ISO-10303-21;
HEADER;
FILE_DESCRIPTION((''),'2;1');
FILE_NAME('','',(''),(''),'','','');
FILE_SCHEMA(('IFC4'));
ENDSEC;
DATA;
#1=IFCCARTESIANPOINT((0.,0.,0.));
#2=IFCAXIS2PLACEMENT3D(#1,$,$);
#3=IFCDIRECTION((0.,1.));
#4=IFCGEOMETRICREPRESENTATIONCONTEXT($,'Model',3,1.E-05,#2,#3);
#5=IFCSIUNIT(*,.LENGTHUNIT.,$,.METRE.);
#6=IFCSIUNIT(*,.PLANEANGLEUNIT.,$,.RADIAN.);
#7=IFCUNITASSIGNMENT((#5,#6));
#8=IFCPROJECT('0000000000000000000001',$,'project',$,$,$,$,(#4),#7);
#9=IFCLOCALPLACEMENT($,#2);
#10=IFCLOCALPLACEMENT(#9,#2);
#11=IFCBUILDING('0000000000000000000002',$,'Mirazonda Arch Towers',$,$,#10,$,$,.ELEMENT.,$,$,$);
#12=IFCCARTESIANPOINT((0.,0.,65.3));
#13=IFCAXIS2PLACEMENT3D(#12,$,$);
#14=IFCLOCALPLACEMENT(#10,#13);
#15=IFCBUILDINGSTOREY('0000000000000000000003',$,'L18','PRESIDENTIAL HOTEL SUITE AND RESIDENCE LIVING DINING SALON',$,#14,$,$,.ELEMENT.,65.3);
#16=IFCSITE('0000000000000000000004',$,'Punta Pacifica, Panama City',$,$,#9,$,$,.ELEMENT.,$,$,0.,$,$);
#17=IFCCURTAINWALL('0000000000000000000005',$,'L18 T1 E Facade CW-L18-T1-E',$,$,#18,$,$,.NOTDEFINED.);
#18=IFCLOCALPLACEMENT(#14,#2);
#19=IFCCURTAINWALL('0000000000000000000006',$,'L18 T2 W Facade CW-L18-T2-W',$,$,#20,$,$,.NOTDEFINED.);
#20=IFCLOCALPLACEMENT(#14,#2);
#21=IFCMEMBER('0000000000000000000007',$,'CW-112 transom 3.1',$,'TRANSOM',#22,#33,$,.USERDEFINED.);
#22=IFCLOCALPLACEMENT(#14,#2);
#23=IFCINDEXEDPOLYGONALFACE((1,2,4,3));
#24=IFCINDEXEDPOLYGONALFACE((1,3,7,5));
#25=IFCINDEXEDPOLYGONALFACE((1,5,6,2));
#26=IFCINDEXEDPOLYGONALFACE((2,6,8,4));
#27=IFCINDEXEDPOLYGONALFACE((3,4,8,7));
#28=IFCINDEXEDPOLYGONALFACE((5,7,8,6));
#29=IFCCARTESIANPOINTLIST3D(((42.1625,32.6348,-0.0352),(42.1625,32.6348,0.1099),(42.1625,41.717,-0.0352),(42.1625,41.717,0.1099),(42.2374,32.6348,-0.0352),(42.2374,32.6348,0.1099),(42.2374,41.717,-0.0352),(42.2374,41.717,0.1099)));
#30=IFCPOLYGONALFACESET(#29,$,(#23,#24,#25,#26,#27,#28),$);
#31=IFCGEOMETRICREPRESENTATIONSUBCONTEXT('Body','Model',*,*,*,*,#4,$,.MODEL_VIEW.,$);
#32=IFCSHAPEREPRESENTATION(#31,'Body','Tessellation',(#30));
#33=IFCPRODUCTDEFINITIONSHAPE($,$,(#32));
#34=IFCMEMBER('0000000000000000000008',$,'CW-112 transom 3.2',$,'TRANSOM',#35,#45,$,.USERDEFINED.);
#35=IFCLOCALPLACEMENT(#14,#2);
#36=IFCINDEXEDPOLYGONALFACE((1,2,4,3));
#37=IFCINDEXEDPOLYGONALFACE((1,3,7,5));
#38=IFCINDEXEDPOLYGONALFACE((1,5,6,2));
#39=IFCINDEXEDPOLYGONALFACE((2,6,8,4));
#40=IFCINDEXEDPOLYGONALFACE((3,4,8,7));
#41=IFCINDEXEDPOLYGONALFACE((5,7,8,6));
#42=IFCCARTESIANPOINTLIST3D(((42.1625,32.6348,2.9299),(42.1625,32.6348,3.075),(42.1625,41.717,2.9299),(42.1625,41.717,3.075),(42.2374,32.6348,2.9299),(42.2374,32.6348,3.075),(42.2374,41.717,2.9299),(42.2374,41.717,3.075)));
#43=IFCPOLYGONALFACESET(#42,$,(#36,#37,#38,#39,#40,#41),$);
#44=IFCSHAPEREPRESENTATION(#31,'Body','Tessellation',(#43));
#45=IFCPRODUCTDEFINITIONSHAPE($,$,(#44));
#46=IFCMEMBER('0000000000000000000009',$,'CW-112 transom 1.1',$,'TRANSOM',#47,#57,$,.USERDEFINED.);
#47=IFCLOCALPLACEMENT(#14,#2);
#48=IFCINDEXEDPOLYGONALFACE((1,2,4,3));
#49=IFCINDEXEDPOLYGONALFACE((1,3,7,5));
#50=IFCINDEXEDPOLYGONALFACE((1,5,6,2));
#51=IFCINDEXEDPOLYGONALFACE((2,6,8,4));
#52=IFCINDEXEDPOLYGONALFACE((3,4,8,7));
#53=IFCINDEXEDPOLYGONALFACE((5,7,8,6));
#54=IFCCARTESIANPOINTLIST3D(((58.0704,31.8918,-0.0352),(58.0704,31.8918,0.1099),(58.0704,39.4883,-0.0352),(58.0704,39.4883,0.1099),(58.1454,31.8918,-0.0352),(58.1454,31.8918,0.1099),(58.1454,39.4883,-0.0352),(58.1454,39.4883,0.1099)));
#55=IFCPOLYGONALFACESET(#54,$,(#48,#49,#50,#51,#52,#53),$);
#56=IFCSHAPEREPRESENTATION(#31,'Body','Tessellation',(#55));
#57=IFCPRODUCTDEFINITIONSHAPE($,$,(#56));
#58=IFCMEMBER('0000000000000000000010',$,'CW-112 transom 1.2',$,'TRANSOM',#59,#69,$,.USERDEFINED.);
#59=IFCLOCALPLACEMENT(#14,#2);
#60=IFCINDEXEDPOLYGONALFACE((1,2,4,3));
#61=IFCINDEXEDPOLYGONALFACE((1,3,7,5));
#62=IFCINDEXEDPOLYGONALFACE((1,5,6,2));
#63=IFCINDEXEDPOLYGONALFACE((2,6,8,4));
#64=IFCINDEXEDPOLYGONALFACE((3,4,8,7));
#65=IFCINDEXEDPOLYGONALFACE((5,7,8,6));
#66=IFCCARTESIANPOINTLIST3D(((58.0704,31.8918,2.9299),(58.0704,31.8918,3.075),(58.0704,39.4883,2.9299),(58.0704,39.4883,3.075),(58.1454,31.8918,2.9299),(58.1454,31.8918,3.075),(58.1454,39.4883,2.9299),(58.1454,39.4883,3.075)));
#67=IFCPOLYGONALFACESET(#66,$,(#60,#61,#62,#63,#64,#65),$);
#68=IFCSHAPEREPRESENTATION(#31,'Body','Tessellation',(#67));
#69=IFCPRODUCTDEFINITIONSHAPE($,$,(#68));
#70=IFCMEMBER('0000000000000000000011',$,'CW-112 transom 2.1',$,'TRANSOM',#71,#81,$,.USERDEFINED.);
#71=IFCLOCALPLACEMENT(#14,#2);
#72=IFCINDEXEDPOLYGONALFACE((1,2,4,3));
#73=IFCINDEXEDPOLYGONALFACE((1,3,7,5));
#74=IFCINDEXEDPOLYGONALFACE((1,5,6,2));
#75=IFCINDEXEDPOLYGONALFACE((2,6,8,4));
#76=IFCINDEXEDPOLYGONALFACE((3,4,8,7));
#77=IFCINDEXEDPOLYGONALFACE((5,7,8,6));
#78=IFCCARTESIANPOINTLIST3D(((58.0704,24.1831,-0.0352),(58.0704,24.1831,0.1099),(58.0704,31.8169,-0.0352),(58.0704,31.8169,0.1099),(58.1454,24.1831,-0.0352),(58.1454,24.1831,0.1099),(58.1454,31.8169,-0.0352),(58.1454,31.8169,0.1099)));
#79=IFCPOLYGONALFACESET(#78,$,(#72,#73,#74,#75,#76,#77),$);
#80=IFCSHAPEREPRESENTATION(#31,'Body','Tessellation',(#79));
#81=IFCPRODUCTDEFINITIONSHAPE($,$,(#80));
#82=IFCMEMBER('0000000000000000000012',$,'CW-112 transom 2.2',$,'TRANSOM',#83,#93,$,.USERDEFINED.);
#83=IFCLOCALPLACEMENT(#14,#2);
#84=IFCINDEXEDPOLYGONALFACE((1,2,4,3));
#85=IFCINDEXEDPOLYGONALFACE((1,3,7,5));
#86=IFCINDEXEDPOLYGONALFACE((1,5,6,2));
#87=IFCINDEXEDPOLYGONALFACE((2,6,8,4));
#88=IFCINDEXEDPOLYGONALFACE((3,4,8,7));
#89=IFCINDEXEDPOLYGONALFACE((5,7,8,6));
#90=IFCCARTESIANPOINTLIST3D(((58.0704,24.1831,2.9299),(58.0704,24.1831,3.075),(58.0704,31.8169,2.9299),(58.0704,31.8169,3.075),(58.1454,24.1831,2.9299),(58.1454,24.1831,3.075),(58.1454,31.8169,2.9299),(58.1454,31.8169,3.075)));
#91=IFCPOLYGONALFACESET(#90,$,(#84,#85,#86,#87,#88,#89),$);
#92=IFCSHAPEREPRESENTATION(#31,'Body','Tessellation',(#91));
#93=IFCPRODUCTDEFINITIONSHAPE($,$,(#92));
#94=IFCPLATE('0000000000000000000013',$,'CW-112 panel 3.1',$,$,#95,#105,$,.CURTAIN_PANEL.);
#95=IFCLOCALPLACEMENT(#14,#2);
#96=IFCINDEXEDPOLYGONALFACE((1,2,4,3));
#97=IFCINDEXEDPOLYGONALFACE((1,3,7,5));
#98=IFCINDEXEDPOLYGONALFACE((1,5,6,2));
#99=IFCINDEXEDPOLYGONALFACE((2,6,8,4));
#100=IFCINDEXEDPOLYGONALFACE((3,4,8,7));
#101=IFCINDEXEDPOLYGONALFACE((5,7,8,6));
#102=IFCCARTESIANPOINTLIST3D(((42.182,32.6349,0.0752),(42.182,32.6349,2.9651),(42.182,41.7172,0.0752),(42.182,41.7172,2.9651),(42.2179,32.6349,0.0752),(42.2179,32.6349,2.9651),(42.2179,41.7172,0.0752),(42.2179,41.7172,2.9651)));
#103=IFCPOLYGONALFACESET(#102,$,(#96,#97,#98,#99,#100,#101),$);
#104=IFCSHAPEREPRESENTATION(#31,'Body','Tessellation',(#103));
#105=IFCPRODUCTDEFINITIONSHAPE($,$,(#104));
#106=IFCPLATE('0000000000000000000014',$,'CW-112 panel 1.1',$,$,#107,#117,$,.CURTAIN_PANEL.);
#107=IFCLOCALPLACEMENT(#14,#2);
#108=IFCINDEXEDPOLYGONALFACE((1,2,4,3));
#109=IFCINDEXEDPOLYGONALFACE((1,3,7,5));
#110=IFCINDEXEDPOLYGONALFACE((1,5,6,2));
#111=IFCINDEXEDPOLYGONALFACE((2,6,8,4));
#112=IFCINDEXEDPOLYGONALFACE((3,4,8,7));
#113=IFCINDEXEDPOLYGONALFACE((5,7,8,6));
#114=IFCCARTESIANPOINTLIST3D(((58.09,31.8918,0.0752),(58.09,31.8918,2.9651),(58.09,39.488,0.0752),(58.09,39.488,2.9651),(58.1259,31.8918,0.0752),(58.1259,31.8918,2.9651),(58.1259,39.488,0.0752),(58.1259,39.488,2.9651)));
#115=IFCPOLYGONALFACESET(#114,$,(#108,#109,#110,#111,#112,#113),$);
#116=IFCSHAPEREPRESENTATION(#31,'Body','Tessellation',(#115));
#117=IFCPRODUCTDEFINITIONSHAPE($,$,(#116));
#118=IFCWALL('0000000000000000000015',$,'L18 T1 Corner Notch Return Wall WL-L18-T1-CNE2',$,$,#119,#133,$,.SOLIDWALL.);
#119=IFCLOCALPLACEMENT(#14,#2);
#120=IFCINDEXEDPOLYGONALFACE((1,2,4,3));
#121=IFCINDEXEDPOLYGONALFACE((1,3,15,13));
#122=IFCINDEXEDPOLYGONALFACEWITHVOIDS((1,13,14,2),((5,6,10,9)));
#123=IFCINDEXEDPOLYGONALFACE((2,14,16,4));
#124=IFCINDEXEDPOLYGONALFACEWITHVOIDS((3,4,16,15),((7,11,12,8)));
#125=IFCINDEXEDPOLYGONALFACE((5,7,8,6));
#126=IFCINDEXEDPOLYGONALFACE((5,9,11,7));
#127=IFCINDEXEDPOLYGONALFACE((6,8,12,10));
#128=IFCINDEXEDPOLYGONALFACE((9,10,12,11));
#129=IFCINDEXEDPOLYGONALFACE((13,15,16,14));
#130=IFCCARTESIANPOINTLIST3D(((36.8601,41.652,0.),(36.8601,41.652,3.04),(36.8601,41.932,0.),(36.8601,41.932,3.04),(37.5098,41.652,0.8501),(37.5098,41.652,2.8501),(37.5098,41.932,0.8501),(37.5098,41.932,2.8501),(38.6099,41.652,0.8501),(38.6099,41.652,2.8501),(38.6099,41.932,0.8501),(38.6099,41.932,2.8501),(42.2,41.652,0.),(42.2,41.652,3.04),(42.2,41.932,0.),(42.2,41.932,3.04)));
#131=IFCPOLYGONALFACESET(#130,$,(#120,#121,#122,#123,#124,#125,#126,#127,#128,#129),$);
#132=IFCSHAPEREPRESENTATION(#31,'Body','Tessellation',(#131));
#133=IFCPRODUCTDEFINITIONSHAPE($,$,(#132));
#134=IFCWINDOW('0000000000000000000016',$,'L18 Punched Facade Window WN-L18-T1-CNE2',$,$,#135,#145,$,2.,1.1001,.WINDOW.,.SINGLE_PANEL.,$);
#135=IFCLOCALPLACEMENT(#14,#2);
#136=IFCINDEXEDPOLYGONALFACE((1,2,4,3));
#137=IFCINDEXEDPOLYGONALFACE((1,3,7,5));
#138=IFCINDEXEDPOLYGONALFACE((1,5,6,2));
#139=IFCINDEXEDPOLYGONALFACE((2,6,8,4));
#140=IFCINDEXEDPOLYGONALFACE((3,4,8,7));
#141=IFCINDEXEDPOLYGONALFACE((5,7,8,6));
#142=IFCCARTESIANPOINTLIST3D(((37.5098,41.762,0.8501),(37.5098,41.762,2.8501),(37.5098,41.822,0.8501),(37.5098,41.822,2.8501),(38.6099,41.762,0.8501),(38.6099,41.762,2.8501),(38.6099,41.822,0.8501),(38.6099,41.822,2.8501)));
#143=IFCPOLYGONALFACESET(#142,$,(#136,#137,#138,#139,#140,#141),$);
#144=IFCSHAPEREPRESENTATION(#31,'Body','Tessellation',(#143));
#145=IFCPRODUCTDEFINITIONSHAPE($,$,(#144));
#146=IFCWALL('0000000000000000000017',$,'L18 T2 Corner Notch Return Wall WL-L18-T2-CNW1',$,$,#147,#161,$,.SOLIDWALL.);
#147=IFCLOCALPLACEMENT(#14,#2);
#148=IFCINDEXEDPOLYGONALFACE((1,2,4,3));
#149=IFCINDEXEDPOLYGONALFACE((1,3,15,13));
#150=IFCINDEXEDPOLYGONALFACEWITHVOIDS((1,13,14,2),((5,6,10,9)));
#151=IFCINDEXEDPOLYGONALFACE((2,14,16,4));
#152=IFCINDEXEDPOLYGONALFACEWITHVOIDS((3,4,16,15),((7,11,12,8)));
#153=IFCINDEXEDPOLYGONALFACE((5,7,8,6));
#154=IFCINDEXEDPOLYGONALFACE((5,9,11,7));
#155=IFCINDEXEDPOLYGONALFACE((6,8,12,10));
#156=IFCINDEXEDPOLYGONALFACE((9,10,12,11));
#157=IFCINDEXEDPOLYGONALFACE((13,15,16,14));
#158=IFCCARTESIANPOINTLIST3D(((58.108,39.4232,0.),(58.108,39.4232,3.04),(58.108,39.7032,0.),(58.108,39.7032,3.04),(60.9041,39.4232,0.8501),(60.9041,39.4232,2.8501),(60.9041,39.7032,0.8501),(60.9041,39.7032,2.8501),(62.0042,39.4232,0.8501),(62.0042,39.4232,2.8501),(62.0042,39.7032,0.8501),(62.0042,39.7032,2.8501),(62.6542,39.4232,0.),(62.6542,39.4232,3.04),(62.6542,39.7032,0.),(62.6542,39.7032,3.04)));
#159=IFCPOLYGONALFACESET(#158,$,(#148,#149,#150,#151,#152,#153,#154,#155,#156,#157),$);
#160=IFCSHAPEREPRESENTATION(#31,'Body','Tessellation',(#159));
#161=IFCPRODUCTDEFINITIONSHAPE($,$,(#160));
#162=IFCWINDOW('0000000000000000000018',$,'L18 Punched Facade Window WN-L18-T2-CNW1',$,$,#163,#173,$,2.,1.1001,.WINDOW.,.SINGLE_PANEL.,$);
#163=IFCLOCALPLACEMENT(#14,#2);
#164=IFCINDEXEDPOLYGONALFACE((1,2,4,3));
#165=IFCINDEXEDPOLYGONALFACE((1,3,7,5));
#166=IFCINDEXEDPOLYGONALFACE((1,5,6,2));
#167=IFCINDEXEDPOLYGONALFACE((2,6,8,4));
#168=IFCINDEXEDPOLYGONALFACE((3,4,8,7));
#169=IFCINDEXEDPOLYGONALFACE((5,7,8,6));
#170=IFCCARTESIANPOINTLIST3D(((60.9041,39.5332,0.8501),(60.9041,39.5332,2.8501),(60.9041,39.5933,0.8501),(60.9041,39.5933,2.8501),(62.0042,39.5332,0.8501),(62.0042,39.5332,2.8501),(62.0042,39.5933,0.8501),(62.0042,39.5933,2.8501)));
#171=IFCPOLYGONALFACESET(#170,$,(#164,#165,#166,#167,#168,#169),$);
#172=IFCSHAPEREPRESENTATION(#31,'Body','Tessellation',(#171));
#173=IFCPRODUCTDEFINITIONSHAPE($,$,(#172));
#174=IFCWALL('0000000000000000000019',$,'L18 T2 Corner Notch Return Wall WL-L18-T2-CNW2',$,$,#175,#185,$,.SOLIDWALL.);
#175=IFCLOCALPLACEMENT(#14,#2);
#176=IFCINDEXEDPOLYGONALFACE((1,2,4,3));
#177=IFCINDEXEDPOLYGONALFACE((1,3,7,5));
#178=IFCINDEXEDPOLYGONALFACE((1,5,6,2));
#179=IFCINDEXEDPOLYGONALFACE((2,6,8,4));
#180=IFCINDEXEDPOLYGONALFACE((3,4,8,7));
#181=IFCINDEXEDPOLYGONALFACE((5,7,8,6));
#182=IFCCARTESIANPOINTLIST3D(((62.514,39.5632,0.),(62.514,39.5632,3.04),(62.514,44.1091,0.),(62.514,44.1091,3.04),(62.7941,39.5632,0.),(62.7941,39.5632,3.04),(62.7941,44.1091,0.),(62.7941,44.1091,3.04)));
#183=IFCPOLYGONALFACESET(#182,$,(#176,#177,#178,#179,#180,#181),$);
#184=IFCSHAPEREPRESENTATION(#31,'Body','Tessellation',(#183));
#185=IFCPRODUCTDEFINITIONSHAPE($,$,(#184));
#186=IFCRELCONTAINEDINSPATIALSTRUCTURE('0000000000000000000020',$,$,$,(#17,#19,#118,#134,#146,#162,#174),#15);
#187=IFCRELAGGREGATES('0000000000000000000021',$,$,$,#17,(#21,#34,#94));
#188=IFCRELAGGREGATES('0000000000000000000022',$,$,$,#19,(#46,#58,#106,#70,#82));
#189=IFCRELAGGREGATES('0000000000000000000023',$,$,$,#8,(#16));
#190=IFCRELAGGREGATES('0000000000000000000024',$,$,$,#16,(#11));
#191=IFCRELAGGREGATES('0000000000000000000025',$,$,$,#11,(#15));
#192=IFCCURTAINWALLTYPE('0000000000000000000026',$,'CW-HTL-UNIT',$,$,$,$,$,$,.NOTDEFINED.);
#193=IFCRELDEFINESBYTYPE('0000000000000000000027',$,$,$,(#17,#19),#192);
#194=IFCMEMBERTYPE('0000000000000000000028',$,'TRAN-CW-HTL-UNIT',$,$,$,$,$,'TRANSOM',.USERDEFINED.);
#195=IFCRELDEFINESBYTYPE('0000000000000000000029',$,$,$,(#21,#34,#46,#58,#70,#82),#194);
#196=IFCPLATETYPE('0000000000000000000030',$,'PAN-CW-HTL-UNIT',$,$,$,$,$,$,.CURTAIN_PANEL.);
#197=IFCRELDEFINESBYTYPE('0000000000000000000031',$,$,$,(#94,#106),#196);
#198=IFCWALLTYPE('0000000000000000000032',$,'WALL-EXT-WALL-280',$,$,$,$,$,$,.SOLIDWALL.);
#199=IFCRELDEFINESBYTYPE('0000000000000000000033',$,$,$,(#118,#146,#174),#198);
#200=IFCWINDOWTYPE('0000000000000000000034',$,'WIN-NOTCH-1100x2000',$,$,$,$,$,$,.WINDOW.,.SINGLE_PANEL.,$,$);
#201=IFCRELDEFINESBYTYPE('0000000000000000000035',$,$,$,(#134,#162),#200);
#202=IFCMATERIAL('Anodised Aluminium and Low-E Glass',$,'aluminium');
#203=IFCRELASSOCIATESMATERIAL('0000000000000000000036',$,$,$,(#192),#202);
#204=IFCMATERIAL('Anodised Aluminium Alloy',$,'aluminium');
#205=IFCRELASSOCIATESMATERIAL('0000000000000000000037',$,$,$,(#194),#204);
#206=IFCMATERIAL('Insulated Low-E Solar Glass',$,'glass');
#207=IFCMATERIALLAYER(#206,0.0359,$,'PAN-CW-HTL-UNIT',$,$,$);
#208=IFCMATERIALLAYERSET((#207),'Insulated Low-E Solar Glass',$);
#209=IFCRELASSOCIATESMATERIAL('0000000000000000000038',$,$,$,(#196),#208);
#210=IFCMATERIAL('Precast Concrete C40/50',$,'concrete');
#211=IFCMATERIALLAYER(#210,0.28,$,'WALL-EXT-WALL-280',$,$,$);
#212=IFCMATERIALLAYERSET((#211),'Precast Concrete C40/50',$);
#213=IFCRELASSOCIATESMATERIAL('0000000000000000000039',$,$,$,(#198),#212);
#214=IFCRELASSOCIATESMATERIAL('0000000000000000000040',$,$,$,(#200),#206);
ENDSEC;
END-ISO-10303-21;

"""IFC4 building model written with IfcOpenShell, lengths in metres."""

from ifc_helpers import new_model, si_unit, direction, frame, frame_2d, origin, origin_2d, place, context, subcontext, project, spatial, rectangle, extrude, material, layer, layer_set, material_profile, profile_set, type_object, element, fill, aggregate, save


model = new_model("IFC4")

# Units and contexts
model_context = context("Model", 3, precision=1e-05, world=origin(), true_north=direction((0.0, 1.0)))
body_context = subcontext(model_context, "Body", "Model", "MODEL_VIEW")
ifc_project = project(units=[si_unit("LENGTHUNIT", "METRE"), si_unit("PLANEANGLEUNIT", "RADIAN")], contexts=[model_context])

# Site, building, storey
site_placement = place(None, origin())
site = spatial("IfcSite", under=ifc_project, at=site_placement, Name="Punta Pacifica, Panama City", CompositionType="ELEMENT", RefElevation=0.0)
building_placement = place(site_placement, origin())
building = spatial("IfcBuilding", under=site, at=building_placement, Name="Mirazonda Arch Towers", CompositionType="ELEMENT")
storey_placement = place(building_placement, frame((0.0, 0.0, 65.3)))
storey = spatial("IfcBuildingStorey", under=building, at=storey_placement, Name="L18", Description="PRESIDENTIAL HOTEL SUITE AND RESIDENCE LIVING DINING SALON", CompositionType="ELEMENT", Elevation=65.3)

# Curtain walls
ifc_material_1 = material(Name="Anodised Aluminium and Low-E Glass", Category="aluminium")
curtain_wall_type = type_object("IfcCurtainWallType", Name="CW-HTL-UNIT", PredefinedType="NOTDEFINED", material=ifc_material_1)
curtain_wall_1_placement = place(storey_placement, origin())
curtain_wall_1 = element("IfcCurtainWall", 1, at=curtain_wall_1_placement, inside=storey, type_object=curtain_wall_type, Name="L18 T1 E Facade CW-L18-T1-E", PredefinedType="NOTDEFINED")
ifc_material_2 = material(Name="Anodised Aluminium Alloy", Category="aluminium")
curtain_wall_2_placement = place(storey_placement, origin())
curtain_wall_2 = element("IfcCurtainWall", 2, at=curtain_wall_2_placement, inside=storey, type_object=curtain_wall_type, Name="L18 T2 W Facade CW-L18-T2-W", PredefinedType="NOTDEFINED")

# Members
ifc_material_profile_1 = material_profile(ifc_material_2, rectangle(XDim=0.075, YDim=0.145, at=origin_2d()), Name="ALU-TRAN-75x145")
ifc_profile_set_1 = profile_set([ifc_material_profile_1], Name="Anodised Aluminium Alloy")
member_type_1 = type_object("IfcMemberType", Name="TRAN-CW-HTL-UNIT", ElementType="TRANSOM", PredefinedType="USERDEFINED", material=ifc_profile_set_1)
member_1_placement = place(storey_placement, frame((42.2, 32.6348, 0.0374), z_axis=(0.0, 1.0, 0.0), x_axis=(-1.0, 0.0, 0.0)))
member_1 = element("IfcMember", 3, at=member_1_placement, type_object=member_type_1, Name="CW-112 transom 3.1", ObjectType="TRANSOM", PredefinedType="USERDEFINED", context=body_context, shape_type="SweptSolid", body=[
    extrude(rectangle(XDim=0.075, YDim=0.145, at=origin_2d()), origin(), (0.0, 0.0, 1.0), 9.0823),
])
member_2_placement = place(storey_placement, frame((42.2, 32.6348, 3.0024), z_axis=(0.0, 1.0, 0.0), x_axis=(-1.0, 0.0, 0.0)))
member_2 = element("IfcMember", 4, at=member_2_placement, type_object=member_type_1, Name="CW-112 transom 3.2", ObjectType="TRANSOM", PredefinedType="USERDEFINED", context=body_context, shape_type="SweptSolid", body=[
    extrude(rectangle(XDim=0.075, YDim=0.145, at=origin_2d()), origin(), (0.0, 0.0, 1.0), 9.0823),
])
member_3_placement = place(storey_placement, frame((58.1079, 39.4883, 0.0374), z_axis=(0.0, -1.0, 0.0), x_axis=(1.0, 0.0, 0.0)))
member_3 = element("IfcMember", 5, at=member_3_placement, type_object=member_type_1, Name="CW-112 transom 1.1", ObjectType="TRANSOM", PredefinedType="USERDEFINED", context=body_context, shape_type="SweptSolid", body=[
    extrude(rectangle(XDim=0.075, YDim=0.145, at=origin_2d()), origin(), (0.0, 0.0, 1.0), 7.5964),
])
member_4_placement = place(storey_placement, frame((58.1079, 39.4883, 3.0024), z_axis=(0.0, -1.0, 0.0), x_axis=(1.0, 0.0, 0.0)))
member_4 = element("IfcMember", 6, at=member_4_placement, type_object=member_type_1, Name="CW-112 transom 1.2", ObjectType="TRANSOM", PredefinedType="USERDEFINED", context=body_context, shape_type="SweptSolid", body=[
    extrude(rectangle(XDim=0.075, YDim=0.145, at=origin_2d()), origin(), (0.0, 0.0, 1.0), 7.5964),
])
member_5_placement = place(storey_placement, frame((58.1079, 31.8169, 0.0374), z_axis=(0.0, -1.0, 0.0), x_axis=(1.0, 0.0, 0.0)))
member_5 = element("IfcMember", 7, at=member_5_placement, type_object=member_type_1, Name="CW-112 transom 2.1", ObjectType="TRANSOM", PredefinedType="USERDEFINED", context=body_context, shape_type="SweptSolid", body=[
    extrude(rectangle(XDim=0.075, YDim=0.145, at=origin_2d()), origin(), (0.0, 0.0, 1.0), 7.6338),
])
member_6_placement = place(storey_placement, frame((58.1079, 31.8169, 3.0024), z_axis=(0.0, -1.0, 0.0), x_axis=(1.0, 0.0, 0.0)))
member_6 = element("IfcMember", 8, at=member_6_placement, type_object=member_type_1, Name="CW-112 transom 2.2", ObjectType="TRANSOM", PredefinedType="USERDEFINED", context=body_context, shape_type="SweptSolid", body=[
    extrude(rectangle(XDim=0.075, YDim=0.145, at=origin_2d()), origin(), (0.0, 0.0, 1.0), 7.6338),
])

# Plates
ifc_material_3 = material(Name="Insulated Low-E Solar Glass", Category="glass")
ifc_layer_1 = layer(ifc_material_3, 0.0359, Name="PAN-CW-HTL-UNIT")
ifc_layer_set_1 = layer_set([ifc_layer_1], Name="Insulated Low-E Solar Glass")
plate_type = type_object("IfcPlateType", Name="PAN-CW-HTL-UNIT", PredefinedType="CURTAIN_PANEL", material=ifc_layer_set_1)
plate_1_placement = place(storey_placement, frame((42.2, 37.176, 0.0752), z_axis=(0.0, 0.0, 1.0), x_axis=(0.0, 1.0, 0.0)))
plate_1 = element("IfcPlate", 9, at=plate_1_placement, type_object=plate_type, Name="CW-112 panel 3.1", PredefinedType="CURTAIN_PANEL", context=body_context, shape_type="SweptSolid", body=[
    extrude(rectangle(XDim=9.0823, YDim=0.0359, at=origin_2d()), origin(), (0.0, 0.0, 1.0), 2.8899),
])
aggregate(curtain_wall_1, [member_1, member_2, plate_1])
plate_2_placement = place(storey_placement, frame((58.1079, 35.6899, 0.0752), z_axis=(0.0, 0.0, 1.0), x_axis=(0.0, -1.0, 0.0)))
plate_2 = element("IfcPlate", 10, at=plate_2_placement, type_object=plate_type, Name="CW-112 panel 1.1", PredefinedType="CURTAIN_PANEL", context=body_context, shape_type="SweptSolid", body=[
    extrude(rectangle(XDim=7.5962, YDim=0.0359, at=origin_2d()), origin(), (0.0, 0.0, 1.0), 2.8899),
])
aggregate(curtain_wall_2, [member_3, member_4, plate_2, member_5, member_6])

# Walls, openings, windows
ifc_material_4 = material(Name="Precast Concrete C40/50", Category="concrete")
ifc_layer_2 = layer(ifc_material_4, 0.28, Name="WALL-EXT-WALL-280")
ifc_layer_set_2 = layer_set([ifc_layer_2], Name="Precast Concrete C40/50")
wall_type_1 = type_object("IfcWallType", Name="WALL-EXT-WALL-280", PredefinedType="SOLIDWALL", material=ifc_layer_set_2)
wall_1_placement = place(storey_placement, frame((42.2, 41.792, 0.0), z_axis=(0.0, 0.0, 1.0), x_axis=(-1.0, 0.0, 0.0)))
wall_1 = element("IfcWall", 11, at=wall_1_placement, inside=storey, type_object=wall_type_1, Name="L18 T1 Corner Notch Return Wall WL-L18-T1-CNE2", PredefinedType="SOLIDWALL", context=body_context, shape_type="SweptSolid", body=[
    extrude(rectangle(XDim=5.3398, YDim=0.28, at=frame_2d((2.6699, 0.0))), origin(), (0.0, 0.0, 1.0), 3.04),
])
opening_1_placement = place(wall_1_placement, frame((3.5901, 0.0, 0.8501)))
opening_1 = element("IfcOpeningElement", 12, at=opening_1_placement, cuts=wall_1, PredefinedType="OPENING", context=body_context, shape_type="SweptSolid", body=[
    extrude(rectangle(XDim=1.1001, YDim=2.0, at=frame_2d((0.55, 1.0))), frame((0.0, 0.1499, 0.0), z_axis=(0.0, -1.0, 0.0), x_axis=(1.0, 0.0, 0.0)), (0.0, 0.0, 1.0), 0.3),
])
window_type = type_object("IfcWindowType", Name="WIN-NOTCH-1100x2000", PartitioningType="SINGLE_PANEL", PredefinedType="WINDOW", material=ifc_material_3)
window_1_placement = place(opening_1_placement, origin())
window_1 = element("IfcWindow", 13, at=window_1_placement, inside=storey, type_object=window_type, Name="L18 Punched Facade Window WN-L18-T1-CNE2", OverallHeight=2.0, OverallWidth=1.1001, PartitioningType="SINGLE_PANEL", PredefinedType="WINDOW", context=body_context, shape_type="SweptSolid", body=[
    extrude(rectangle(XDim=1.1001, YDim=2.0, at=frame_2d((0.55, 1.0))), frame((0.0, 0.03, 0.0), z_axis=(0.0, -1.0, 0.0), x_axis=(1.0, 0.0, 0.0)), (0.0, 0.0, 1.0), 0.0601),
])
fill(opening_1, window_1)
wall_2_placement = place(storey_placement, frame((62.6541, 39.5632, 0.0), z_axis=(0.0, 0.0, 1.0), x_axis=(-1.0, 0.0, 0.0)))
wall_2 = element("IfcWall", 14, at=wall_2_placement, inside=storey, type_object=wall_type_1, Name="L18 T2 Corner Notch Return Wall WL-L18-T2-CNW1", PredefinedType="SOLIDWALL", context=body_context, shape_type="SweptSolid", body=[
    extrude(rectangle(XDim=4.5461, YDim=0.28, at=frame_2d((2.2729, 0.0))), origin(), (0.0, 0.0, 1.0), 3.04),
])
opening_2_placement = place(wall_2_placement, frame((0.6499, 0.0, 0.8501)))
opening_2 = element("IfcOpeningElement", 15, at=opening_2_placement, cuts=wall_2, PredefinedType="OPENING", context=body_context, shape_type="SweptSolid", body=[
    extrude(rectangle(XDim=1.1001, YDim=2.0, at=frame_2d((0.55, 1.0))), frame((0.0, 0.1499, 0.0), z_axis=(0.0, -1.0, 0.0), x_axis=(1.0, 0.0, 0.0)), (0.0, 0.0, 1.0), 0.3),
])
window_2_placement = place(opening_2_placement, origin())
window_2 = element("IfcWindow", 16, at=window_2_placement, inside=storey, type_object=window_type, Name="L18 Punched Facade Window WN-L18-T2-CNW1", OverallHeight=2.0, OverallWidth=1.1001, PartitioningType="SINGLE_PANEL", PredefinedType="WINDOW", context=body_context, shape_type="SweptSolid", body=[
    extrude(rectangle(XDim=1.1001, YDim=2.0, at=frame_2d((0.55, 1.0))), frame((0.0, 0.03, 0.0), z_axis=(0.0, -1.0, 0.0), x_axis=(1.0, 0.0, 0.0)), (0.0, 0.0, 1.0), 0.0601),
])
fill(opening_2, window_2)

# Wall
wall_3_placement = place(storey_placement, frame((62.6541, 44.1091, 0.0), z_axis=(0.0, 0.0, 1.0), x_axis=(0.0, -1.0, 0.0)))
element("IfcWall", 17, at=wall_3_placement, inside=storey, type_object=wall_type_1, Name="L18 T2 Corner Notch Return Wall WL-L18-T2-CNW2", PredefinedType="SOLIDWALL", context=body_context, shape_type="SweptSolid", body=[
    extrude(rectangle(XDim=4.5459, YDim=0.28, at=frame_2d((2.2729, 0.0))), origin(), (0.0, 0.0, 1.0), 3.04),
])

save(model, "model.ifc")
